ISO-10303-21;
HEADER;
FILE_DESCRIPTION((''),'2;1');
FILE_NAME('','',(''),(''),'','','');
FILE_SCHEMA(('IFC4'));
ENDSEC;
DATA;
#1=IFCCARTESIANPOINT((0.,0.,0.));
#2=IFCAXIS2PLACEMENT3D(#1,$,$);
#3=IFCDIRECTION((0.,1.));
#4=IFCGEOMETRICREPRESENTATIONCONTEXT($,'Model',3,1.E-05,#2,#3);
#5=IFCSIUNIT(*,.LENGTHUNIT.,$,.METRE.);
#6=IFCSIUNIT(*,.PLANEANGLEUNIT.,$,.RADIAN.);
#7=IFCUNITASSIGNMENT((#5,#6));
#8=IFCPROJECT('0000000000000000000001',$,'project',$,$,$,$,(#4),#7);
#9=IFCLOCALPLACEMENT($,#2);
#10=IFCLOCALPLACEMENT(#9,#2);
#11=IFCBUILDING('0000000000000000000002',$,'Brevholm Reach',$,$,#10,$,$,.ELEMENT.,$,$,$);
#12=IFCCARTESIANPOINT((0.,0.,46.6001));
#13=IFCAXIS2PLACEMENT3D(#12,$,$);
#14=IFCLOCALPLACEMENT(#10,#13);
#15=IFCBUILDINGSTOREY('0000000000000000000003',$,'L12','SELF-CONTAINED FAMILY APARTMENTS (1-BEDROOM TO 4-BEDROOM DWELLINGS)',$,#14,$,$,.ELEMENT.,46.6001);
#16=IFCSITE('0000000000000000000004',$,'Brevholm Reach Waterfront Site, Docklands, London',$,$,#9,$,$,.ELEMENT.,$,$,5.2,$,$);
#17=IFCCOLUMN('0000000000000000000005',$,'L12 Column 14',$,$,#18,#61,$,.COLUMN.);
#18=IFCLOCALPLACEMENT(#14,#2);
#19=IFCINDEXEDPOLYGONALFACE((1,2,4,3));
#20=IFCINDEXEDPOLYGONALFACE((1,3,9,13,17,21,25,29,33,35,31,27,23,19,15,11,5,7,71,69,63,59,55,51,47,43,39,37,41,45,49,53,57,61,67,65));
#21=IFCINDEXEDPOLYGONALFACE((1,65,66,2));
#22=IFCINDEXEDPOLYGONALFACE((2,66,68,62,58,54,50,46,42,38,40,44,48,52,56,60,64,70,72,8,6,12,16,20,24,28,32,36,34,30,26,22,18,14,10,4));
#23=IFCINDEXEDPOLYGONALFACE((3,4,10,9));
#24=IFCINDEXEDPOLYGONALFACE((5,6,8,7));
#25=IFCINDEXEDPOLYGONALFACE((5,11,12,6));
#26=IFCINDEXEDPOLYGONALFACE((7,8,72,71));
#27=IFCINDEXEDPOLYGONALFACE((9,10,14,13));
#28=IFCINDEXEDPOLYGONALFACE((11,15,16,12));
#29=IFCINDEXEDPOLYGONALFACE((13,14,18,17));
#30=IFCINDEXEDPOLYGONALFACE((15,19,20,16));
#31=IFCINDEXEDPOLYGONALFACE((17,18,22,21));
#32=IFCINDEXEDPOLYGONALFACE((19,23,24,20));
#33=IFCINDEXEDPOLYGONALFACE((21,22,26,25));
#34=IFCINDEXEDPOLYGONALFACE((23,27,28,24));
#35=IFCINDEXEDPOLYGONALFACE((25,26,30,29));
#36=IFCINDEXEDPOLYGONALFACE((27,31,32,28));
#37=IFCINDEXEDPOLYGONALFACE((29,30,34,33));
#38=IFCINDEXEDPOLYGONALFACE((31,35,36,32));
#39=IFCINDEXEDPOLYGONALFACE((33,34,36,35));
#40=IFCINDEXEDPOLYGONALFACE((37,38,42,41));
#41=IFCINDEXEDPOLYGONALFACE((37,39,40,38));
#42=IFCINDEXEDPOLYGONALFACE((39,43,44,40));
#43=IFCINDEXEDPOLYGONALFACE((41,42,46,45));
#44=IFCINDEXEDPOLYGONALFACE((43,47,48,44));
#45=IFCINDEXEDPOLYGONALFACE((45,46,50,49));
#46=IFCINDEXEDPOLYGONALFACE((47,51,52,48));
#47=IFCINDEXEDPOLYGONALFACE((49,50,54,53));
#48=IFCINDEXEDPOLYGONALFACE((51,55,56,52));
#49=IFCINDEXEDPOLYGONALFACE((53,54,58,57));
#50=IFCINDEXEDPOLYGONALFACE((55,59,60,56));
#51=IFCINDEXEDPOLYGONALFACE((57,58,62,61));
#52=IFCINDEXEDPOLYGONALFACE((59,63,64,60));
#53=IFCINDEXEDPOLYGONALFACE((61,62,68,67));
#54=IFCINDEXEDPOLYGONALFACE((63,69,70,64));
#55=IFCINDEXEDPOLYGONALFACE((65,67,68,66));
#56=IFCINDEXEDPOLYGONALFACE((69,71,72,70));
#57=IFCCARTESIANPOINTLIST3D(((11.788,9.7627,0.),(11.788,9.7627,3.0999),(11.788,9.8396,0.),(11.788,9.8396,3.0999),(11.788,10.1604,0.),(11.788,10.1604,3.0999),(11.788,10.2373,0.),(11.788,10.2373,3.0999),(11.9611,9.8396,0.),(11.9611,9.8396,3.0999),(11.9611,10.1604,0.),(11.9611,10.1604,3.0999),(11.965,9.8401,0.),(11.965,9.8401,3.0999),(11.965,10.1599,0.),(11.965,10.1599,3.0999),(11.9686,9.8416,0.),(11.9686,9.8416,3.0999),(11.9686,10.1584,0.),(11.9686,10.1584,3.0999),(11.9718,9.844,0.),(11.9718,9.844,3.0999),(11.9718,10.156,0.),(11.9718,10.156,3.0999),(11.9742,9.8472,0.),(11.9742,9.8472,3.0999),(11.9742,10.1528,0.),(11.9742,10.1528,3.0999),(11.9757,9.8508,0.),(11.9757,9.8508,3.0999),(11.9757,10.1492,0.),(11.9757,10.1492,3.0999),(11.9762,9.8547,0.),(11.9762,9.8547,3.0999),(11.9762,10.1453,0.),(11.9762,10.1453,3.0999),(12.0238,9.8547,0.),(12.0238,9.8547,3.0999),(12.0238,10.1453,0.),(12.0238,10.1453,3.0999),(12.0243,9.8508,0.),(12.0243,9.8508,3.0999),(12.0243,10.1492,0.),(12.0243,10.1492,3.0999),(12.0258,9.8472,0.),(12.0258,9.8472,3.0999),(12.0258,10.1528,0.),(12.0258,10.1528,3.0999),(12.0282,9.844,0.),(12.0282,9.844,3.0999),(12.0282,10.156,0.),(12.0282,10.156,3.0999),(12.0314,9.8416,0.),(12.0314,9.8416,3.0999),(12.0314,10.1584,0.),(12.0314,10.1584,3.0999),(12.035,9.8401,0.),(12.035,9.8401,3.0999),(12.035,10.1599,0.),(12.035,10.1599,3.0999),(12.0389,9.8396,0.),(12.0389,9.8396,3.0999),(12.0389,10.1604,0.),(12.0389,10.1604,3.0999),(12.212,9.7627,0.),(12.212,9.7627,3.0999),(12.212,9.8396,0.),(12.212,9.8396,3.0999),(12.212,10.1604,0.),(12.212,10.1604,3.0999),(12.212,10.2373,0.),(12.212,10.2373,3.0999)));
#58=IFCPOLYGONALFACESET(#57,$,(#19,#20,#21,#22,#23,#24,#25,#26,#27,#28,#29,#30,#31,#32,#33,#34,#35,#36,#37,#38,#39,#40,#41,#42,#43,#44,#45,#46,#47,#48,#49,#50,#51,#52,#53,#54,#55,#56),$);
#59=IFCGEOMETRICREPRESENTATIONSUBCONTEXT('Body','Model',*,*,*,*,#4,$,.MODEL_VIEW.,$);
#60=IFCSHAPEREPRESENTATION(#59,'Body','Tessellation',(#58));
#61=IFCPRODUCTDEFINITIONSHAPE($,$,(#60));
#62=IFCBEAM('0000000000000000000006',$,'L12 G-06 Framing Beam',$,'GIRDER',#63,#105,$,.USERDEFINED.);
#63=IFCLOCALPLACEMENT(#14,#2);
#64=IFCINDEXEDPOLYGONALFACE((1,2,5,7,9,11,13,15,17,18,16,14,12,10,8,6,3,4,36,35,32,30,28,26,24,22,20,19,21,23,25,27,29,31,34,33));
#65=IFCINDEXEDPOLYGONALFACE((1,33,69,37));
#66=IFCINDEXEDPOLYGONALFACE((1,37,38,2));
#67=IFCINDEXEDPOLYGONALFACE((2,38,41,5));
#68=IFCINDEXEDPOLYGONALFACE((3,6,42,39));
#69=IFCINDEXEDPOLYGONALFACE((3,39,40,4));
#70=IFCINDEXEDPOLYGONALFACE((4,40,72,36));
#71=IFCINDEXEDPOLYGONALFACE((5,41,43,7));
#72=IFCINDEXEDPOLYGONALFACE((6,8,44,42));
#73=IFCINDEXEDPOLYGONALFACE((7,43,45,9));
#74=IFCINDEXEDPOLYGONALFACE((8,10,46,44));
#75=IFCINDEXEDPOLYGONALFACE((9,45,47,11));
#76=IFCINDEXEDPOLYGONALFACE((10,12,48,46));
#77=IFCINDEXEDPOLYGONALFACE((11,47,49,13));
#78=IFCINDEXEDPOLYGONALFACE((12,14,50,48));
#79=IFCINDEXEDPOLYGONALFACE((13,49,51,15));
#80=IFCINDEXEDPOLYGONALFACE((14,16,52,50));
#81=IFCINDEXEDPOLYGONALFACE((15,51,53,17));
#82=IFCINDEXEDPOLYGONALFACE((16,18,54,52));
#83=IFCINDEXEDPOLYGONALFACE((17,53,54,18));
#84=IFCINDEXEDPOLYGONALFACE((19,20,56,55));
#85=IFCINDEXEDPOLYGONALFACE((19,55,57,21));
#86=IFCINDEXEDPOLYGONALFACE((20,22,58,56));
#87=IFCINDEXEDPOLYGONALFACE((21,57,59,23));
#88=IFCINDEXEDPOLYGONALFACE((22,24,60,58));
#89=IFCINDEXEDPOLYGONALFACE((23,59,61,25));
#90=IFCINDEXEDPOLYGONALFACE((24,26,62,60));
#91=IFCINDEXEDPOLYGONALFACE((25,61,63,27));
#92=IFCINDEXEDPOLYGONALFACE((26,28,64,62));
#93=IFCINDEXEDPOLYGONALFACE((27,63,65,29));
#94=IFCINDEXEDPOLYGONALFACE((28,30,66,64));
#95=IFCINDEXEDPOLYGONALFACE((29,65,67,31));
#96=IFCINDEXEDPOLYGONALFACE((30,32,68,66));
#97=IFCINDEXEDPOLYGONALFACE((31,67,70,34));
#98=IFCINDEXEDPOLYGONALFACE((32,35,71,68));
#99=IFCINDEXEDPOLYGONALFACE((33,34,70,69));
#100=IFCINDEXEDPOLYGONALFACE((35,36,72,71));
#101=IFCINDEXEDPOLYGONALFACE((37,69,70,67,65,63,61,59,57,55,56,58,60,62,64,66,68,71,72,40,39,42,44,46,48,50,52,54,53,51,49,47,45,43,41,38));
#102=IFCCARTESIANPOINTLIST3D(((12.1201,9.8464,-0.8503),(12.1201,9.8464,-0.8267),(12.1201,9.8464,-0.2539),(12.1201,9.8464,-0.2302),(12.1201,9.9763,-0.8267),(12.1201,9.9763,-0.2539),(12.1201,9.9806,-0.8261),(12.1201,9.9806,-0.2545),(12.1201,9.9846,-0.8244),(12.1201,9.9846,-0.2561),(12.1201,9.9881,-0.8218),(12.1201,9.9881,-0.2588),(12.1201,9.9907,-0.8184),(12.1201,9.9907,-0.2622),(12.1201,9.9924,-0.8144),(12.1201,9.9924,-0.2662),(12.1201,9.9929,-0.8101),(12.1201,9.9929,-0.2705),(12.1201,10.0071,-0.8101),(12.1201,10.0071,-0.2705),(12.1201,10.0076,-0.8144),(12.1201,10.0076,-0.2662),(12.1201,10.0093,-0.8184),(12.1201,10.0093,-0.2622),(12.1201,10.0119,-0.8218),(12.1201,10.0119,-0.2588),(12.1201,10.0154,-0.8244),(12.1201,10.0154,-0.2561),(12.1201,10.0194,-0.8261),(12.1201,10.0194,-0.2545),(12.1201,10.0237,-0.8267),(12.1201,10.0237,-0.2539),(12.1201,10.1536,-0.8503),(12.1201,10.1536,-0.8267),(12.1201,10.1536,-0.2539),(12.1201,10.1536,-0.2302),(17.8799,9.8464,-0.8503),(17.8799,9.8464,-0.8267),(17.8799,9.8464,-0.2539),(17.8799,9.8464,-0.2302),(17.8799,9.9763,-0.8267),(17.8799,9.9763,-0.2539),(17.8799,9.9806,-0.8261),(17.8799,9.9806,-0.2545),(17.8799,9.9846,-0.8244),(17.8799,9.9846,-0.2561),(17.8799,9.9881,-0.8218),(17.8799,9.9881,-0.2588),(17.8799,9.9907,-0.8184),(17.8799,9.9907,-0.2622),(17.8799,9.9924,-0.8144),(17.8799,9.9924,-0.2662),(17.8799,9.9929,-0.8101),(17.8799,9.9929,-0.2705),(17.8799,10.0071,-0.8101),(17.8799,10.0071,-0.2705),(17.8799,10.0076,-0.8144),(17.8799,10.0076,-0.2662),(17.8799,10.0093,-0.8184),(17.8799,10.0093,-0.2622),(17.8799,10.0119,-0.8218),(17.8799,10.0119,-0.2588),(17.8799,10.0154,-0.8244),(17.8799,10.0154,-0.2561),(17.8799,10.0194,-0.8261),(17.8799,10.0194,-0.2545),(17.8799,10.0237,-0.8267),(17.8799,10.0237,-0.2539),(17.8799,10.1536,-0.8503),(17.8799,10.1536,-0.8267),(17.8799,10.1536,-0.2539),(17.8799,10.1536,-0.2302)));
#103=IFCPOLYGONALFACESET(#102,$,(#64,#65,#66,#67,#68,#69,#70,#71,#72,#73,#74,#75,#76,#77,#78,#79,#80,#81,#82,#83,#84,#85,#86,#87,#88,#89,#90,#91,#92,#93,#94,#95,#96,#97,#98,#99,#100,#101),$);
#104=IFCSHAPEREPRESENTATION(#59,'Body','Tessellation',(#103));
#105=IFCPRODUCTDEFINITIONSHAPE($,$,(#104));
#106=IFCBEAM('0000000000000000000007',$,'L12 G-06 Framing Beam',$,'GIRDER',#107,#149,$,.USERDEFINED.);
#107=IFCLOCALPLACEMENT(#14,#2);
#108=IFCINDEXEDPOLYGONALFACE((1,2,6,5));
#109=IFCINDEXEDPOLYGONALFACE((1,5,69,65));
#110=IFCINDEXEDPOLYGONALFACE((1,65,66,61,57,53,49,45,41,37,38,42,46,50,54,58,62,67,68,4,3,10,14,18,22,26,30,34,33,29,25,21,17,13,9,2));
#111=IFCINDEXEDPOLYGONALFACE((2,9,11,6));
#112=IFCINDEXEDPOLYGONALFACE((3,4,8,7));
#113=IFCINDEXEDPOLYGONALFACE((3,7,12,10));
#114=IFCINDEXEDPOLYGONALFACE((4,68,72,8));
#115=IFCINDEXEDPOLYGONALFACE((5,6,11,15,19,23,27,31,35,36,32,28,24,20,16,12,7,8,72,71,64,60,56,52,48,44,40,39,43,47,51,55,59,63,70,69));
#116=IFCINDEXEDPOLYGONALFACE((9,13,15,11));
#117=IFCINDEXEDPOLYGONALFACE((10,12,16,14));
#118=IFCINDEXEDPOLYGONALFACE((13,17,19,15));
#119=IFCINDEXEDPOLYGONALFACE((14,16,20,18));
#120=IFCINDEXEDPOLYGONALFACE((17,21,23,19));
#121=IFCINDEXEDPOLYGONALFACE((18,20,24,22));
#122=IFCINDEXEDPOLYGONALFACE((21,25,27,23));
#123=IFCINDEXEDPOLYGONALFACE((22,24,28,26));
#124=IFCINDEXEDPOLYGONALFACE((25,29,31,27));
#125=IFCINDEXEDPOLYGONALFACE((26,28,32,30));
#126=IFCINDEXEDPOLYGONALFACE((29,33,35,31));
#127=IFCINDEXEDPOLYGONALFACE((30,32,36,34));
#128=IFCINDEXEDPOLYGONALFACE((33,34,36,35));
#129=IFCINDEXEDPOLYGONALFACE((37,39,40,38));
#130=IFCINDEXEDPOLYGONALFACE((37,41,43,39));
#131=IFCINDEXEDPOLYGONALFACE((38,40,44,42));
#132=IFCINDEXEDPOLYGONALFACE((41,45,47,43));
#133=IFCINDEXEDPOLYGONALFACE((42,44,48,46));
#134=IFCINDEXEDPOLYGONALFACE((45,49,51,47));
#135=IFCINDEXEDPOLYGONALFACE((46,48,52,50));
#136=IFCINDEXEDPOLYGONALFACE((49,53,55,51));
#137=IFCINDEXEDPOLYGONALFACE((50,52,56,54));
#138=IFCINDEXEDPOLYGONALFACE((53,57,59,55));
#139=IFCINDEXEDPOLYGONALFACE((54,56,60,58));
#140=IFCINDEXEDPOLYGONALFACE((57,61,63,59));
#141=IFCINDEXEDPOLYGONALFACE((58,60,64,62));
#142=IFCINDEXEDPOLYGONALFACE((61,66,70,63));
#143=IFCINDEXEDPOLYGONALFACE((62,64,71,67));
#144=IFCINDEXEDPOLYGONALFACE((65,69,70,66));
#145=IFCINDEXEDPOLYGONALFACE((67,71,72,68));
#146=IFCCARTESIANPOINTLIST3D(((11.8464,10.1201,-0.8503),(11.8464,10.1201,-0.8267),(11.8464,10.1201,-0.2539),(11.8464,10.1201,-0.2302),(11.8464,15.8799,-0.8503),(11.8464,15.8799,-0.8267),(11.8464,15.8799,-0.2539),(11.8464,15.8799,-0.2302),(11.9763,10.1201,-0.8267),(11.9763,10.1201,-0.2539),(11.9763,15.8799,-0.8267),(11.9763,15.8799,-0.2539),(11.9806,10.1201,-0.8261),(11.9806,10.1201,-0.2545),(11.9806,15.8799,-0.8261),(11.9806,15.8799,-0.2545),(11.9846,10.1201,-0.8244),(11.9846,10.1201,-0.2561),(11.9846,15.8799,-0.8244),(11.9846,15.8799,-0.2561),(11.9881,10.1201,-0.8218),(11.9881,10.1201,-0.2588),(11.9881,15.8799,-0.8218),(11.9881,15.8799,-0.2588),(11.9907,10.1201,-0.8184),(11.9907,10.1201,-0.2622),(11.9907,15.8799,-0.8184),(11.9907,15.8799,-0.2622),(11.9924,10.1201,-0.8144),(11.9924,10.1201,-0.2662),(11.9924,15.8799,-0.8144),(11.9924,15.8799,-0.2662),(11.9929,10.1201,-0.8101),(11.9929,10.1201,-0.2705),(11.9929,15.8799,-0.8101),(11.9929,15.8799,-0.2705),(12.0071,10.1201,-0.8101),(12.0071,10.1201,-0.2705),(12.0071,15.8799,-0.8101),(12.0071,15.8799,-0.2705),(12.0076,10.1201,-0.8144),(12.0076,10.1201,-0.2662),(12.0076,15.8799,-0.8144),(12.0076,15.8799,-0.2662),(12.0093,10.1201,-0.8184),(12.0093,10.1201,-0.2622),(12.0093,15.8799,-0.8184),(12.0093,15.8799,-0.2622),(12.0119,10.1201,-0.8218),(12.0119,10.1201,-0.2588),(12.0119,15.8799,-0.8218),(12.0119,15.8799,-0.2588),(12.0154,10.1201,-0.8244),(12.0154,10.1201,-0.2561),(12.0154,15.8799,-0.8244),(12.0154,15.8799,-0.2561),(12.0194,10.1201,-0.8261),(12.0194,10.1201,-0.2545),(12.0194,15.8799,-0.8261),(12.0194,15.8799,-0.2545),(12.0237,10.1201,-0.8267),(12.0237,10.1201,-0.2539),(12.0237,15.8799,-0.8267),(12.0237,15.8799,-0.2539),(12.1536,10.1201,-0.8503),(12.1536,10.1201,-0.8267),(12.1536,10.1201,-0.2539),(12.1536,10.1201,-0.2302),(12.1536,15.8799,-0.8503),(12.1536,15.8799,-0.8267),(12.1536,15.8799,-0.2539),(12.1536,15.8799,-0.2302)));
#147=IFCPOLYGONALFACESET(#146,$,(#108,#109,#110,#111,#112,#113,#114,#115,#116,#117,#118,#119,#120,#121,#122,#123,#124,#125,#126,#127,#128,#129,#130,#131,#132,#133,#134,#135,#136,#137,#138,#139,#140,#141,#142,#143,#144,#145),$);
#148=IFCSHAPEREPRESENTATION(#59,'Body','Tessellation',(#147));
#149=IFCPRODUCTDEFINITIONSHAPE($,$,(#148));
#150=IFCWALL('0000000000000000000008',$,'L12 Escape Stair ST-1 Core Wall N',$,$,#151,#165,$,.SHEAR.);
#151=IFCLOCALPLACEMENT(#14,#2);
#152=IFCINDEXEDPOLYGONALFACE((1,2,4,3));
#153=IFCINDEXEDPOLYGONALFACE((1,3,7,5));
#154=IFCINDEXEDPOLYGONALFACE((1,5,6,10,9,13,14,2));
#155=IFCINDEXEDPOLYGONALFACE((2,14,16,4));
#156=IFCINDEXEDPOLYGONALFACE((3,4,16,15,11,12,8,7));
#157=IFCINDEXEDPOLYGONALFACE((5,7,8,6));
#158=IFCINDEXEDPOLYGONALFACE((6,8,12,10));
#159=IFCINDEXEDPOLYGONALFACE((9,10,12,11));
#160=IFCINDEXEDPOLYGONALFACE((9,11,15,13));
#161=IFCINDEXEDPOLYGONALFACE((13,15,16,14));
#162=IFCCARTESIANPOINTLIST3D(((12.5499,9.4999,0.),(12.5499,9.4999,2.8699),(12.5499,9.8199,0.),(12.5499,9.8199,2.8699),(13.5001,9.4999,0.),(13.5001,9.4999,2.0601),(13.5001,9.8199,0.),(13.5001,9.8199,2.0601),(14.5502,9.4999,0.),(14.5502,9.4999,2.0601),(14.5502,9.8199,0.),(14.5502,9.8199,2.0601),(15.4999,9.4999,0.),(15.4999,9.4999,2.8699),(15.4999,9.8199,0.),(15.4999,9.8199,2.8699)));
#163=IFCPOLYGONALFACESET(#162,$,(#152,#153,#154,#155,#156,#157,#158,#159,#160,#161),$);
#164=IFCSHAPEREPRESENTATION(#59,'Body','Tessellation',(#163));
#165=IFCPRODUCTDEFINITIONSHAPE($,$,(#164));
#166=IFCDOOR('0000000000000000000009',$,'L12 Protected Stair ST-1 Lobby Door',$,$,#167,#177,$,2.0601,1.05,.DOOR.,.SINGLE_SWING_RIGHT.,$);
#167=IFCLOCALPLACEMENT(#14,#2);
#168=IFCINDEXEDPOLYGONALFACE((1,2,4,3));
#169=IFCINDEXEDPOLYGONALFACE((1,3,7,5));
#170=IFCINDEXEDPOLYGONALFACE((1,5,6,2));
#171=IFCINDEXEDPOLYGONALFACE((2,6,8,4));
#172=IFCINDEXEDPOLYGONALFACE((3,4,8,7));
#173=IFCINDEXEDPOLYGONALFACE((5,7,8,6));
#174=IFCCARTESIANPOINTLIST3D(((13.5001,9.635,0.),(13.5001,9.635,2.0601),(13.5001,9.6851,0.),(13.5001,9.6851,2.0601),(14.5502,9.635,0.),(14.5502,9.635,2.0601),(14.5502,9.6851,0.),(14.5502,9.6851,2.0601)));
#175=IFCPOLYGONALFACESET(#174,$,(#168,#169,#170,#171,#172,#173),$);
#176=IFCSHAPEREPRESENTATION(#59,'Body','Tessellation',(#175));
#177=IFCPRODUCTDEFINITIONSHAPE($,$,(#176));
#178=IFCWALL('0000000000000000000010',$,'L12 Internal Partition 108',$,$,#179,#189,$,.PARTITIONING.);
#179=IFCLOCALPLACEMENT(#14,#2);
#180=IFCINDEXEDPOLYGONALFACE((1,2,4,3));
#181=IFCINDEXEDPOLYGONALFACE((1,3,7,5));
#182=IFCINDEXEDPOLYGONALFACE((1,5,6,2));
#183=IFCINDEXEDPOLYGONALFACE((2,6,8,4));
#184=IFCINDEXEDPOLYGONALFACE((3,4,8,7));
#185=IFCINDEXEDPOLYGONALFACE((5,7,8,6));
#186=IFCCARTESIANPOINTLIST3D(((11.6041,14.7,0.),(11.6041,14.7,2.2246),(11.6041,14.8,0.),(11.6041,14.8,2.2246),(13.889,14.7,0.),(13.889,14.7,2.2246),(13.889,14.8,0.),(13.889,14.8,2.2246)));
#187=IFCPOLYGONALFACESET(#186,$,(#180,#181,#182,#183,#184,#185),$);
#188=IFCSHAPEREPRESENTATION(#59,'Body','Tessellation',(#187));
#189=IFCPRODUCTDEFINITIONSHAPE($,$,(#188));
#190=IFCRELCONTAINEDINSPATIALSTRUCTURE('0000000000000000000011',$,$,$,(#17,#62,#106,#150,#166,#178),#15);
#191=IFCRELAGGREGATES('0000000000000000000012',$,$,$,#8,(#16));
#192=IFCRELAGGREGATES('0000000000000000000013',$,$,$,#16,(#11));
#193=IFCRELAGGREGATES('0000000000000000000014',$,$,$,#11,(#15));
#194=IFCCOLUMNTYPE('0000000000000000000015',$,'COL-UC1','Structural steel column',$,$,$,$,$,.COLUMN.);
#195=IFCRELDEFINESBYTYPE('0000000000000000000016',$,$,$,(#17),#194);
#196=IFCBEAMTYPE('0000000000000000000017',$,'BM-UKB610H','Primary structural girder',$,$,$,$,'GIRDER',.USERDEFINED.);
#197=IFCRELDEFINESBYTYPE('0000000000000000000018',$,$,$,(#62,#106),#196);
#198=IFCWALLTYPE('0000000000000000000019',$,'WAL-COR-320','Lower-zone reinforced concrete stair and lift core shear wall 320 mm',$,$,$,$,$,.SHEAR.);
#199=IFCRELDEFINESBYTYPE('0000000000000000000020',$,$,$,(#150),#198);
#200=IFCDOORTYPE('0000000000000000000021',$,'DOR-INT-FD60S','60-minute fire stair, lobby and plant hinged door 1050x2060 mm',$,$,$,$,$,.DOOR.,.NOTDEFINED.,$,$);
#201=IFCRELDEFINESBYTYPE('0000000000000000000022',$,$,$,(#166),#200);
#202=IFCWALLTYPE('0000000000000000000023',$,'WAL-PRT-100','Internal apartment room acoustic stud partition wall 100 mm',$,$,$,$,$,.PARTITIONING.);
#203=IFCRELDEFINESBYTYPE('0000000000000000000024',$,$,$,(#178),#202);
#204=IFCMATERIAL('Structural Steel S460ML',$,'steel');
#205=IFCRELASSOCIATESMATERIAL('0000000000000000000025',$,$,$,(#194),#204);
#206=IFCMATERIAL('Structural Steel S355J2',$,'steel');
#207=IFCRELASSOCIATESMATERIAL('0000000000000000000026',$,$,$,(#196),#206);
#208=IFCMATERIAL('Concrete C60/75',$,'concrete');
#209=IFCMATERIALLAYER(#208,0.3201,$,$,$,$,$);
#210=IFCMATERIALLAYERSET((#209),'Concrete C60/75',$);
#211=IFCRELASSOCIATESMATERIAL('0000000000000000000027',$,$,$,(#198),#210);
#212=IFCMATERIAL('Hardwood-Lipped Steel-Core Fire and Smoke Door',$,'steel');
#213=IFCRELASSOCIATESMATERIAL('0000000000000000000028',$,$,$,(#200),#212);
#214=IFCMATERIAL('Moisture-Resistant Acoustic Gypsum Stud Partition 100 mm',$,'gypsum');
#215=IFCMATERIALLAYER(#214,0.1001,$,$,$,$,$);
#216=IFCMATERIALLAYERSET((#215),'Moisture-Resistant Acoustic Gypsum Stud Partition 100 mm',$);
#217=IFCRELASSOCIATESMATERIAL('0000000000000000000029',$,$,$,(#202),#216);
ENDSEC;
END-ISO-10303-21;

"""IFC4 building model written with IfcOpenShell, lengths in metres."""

from ifc_helpers import new_model, si_unit, direction, frame, frame_2d, origin, origin_2d, place, context, subcontext, project, spatial, rectangle, i_section, extrude, material, layer, layer_set, material_profile, profile_set, type_object, element, fill, save


model = new_model("IFC4")

# Units and contexts
model_context = context("Model", 3, precision=1e-05, world=origin(), true_north=direction((0.0, 1.0)))
body_context = subcontext(model_context, "Body", "Model", "MODEL_VIEW")
ifc_project = project(units=[si_unit("LENGTHUNIT", "METRE"), si_unit("PLANEANGLEUNIT", "RADIAN")], contexts=[model_context])

# Site, building, storey
site_placement = place(None, origin())
site = spatial("IfcSite", under=ifc_project, at=site_placement, Name="Brevholm Reach Waterfront Site, Docklands, London", CompositionType="ELEMENT", RefElevation=5.2)
building_placement = place(site_placement, origin())
building = spatial("IfcBuilding", under=site, at=building_placement, Name="Brevholm Reach", CompositionType="ELEMENT")
storey_placement = place(building_placement, frame((0.0, 0.0, 46.6001)))
storey = spatial("IfcBuildingStorey", under=building, at=storey_placement, Name="L12", Description="SELF-CONTAINED FAMILY APARTMENTS (1-BEDROOM TO 4-BEDROOM DWELLINGS)", CompositionType="ELEMENT", Elevation=46.6001)

# Column
ifc_material_1 = material(Name="Structural Steel S460ML", Category="steel")
ifc_material_profile_1 = material_profile(ifc_material_1, i_section(OverallWidth=0.4241, OverallDepth=0.4746, WebThickness=0.0476, FlangeThickness=0.0769, FilletRadius=0.0151, at=origin_2d()), Name="UKC 356x406x634")
ifc_profile_set_1 = profile_set([ifc_material_profile_1], Name="Structural Steel S460ML")
column_type = type_object("IfcColumnType", Name="COL-UC1", Description="Structural steel column", PredefinedType="COLUMN", material=ifc_profile_set_1)
column_placement = place(storey_placement, frame((12.0, 10.0, 0.0), z_axis=(0.0, 0.0, 1.0), x_axis=(1.0, 0.0, 0.0)))
element("IfcColumn", 1, at=column_placement, inside=storey, type_object=column_type, Name="L12 Column 14", PredefinedType="COLUMN", context=body_context, shape_type="SweptSolid", body=[
    extrude(i_section(OverallWidth=0.4241, OverallDepth=0.4746, WebThickness=0.0476, FlangeThickness=0.0769, FilletRadius=0.0151, at=origin_2d()), origin(), (0.0, 0.0, 1.0), 3.0999),
])

# Beams
ifc_material_2 = material(Name="Structural Steel S355J2", Category="steel")
ifc_material_profile_2 = material_profile(ifc_material_2, i_section(OverallWidth=0.3071, OverallDepth=0.6201, WebThickness=0.0142, FlangeThickness=0.0237, FilletRadius=0.0166, at=origin_2d()), Name="UKB 610x305x179")
ifc_profile_set_2 = profile_set([ifc_material_profile_2], Name="Structural Steel S355J2")
beam_type = type_object("IfcBeamType", Name="BM-UKB610H", Description="Primary structural girder", ElementType="GIRDER", PredefinedType="USERDEFINED", material=ifc_profile_set_2)
for number, where, z_axis, x_axis, name in (
    (2, (12.1201, 10.0, -0.5403), (1.0, 0.0, 0.0), (0.0, 1.0, 0.0), "L12 G-06 Framing Beam"),
    (3, (12.0, 10.1201, -0.5403), (0.0, 1.0, 0.0), (-1.0, 0.0, 0.0), "L12 G-06 Framing Beam"),
):
    element("IfcBeam", number, at=place(storey_placement, frame(where, z_axis=z_axis, x_axis=x_axis)), inside=storey, type_object=beam_type, Name=name, ObjectType="GIRDER", PredefinedType="USERDEFINED", context=body_context, shape_type="SweptSolid", body=[
        extrude(i_section(OverallWidth=0.3071, OverallDepth=0.6201, WebThickness=0.0142, FlangeThickness=0.0237, FilletRadius=0.0166, at=origin_2d()), origin(), (0.0, 0.0, 1.0), 5.7598),
    ])

# Wall, opening, door
ifc_material_3 = material(Name="Concrete C60/75", Category="concrete")
ifc_layer_1 = layer(ifc_material_3, 0.3201)
ifc_layer_set_1 = layer_set([ifc_layer_1], Name="Concrete C60/75")
wall_type_1 = type_object("IfcWallType", Name="WAL-COR-320", Description="Lower-zone reinforced concrete stair and lift core shear wall 320 mm", PredefinedType="SHEAR", material=ifc_layer_set_1)
wall_1_placement = place(storey_placement, frame((15.5, 9.6599, 0.0), z_axis=(0.0, 0.0, 1.0), x_axis=(-1.0, 0.0, 0.0)))
wall_1 = element("IfcWall", 4, at=wall_1_placement, inside=storey, type_object=wall_type_1, Name="L12 Escape Stair ST-1 Core Wall N", PredefinedType="SHEAR", context=body_context, shape_type="SweptSolid", body=[
    extrude(rectangle(XDim=2.95, YDim=0.3201, at=frame_2d((1.4751, 0.0))), origin(), (0.0, 0.0, 1.0), 2.8699),
])
opening_1_placement = place(wall_1_placement, frame((0.95, 0.0, 0.0)))
opening_1 = element("IfcOpeningElement", 5, at=opening_1_placement, cuts=wall_1, PredefinedType="OPENING", context=body_context, shape_type="SweptSolid", body=[
    extrude(rectangle(XDim=1.05, YDim=2.0601, at=frame_2d((0.5249, 1.03))), frame((0.0, 0.1699, 0.0), z_axis=(0.0, -1.0, 0.0), x_axis=(1.0, 0.0, 0.0)), (0.0, 0.0, 1.0), 0.3401),
])
ifc_material_4 = material(Name="Hardwood-Lipped Steel-Core Fire and Smoke Door", Category="steel")
door_type_1 = type_object("IfcDoorType", Name="DOR-INT-FD60S", Description="60-minute fire stair, lobby and plant hinged door 1050x2060 mm", OperationType="NOTDEFINED", PredefinedType="DOOR", material=ifc_material_4)
door_1_placement = place(opening_1_placement, origin())
door_1 = element("IfcDoor", 6, at=door_1_placement, inside=storey, type_object=door_type_1, Name="L12 Protected Stair ST-1 Lobby Door", OperationType="SINGLE_SWING_RIGHT", OverallHeight=2.0601, OverallWidth=1.05, PredefinedType="DOOR", context=body_context, shape_type="SweptSolid", body=[
    extrude(rectangle(XDim=1.05, YDim=2.0601, at=frame_2d((0.5249, 1.03))), frame((0.0, 0.0249, 0.0), z_axis=(0.0, -1.0, 0.0), x_axis=(1.0, 0.0, 0.0)), (0.0, 0.0, 1.0), 0.05),
])
fill(opening_1, door_1)

# Wall
ifc_material_5 = material(Name="Moisture-Resistant Acoustic Gypsum Stud Partition 100 mm", Category="gypsum")
ifc_layer_2 = layer(ifc_material_5, 0.1001)
ifc_layer_set_2 = layer_set([ifc_layer_2], Name="Moisture-Resistant Acoustic Gypsum Stud Partition 100 mm")
wall_type_2 = type_object("IfcWallType", Name="WAL-PRT-100", Description="Internal apartment room acoustic stud partition wall 100 mm", PredefinedType="PARTITIONING", material=ifc_layer_set_2)
wall_2_placement = place(storey_placement, frame((11.604, 14.75, 0.0), z_axis=(0.0, 0.0, 1.0), x_axis=(1.0, 0.0, 0.0)))
element("IfcWall", 7, at=wall_2_placement, inside=storey, type_object=wall_type_2, Name="L12 Internal Partition 108", PredefinedType="PARTITIONING", context=body_context, shape_type="SweptSolid", body=[
    extrude(rectangle(XDim=2.2849, YDim=0.1001, at=frame_2d((1.1426, 0.0))), origin(), (0.0, 0.0, 1.0), 2.2246),
])

save(model, "model.ifc")
